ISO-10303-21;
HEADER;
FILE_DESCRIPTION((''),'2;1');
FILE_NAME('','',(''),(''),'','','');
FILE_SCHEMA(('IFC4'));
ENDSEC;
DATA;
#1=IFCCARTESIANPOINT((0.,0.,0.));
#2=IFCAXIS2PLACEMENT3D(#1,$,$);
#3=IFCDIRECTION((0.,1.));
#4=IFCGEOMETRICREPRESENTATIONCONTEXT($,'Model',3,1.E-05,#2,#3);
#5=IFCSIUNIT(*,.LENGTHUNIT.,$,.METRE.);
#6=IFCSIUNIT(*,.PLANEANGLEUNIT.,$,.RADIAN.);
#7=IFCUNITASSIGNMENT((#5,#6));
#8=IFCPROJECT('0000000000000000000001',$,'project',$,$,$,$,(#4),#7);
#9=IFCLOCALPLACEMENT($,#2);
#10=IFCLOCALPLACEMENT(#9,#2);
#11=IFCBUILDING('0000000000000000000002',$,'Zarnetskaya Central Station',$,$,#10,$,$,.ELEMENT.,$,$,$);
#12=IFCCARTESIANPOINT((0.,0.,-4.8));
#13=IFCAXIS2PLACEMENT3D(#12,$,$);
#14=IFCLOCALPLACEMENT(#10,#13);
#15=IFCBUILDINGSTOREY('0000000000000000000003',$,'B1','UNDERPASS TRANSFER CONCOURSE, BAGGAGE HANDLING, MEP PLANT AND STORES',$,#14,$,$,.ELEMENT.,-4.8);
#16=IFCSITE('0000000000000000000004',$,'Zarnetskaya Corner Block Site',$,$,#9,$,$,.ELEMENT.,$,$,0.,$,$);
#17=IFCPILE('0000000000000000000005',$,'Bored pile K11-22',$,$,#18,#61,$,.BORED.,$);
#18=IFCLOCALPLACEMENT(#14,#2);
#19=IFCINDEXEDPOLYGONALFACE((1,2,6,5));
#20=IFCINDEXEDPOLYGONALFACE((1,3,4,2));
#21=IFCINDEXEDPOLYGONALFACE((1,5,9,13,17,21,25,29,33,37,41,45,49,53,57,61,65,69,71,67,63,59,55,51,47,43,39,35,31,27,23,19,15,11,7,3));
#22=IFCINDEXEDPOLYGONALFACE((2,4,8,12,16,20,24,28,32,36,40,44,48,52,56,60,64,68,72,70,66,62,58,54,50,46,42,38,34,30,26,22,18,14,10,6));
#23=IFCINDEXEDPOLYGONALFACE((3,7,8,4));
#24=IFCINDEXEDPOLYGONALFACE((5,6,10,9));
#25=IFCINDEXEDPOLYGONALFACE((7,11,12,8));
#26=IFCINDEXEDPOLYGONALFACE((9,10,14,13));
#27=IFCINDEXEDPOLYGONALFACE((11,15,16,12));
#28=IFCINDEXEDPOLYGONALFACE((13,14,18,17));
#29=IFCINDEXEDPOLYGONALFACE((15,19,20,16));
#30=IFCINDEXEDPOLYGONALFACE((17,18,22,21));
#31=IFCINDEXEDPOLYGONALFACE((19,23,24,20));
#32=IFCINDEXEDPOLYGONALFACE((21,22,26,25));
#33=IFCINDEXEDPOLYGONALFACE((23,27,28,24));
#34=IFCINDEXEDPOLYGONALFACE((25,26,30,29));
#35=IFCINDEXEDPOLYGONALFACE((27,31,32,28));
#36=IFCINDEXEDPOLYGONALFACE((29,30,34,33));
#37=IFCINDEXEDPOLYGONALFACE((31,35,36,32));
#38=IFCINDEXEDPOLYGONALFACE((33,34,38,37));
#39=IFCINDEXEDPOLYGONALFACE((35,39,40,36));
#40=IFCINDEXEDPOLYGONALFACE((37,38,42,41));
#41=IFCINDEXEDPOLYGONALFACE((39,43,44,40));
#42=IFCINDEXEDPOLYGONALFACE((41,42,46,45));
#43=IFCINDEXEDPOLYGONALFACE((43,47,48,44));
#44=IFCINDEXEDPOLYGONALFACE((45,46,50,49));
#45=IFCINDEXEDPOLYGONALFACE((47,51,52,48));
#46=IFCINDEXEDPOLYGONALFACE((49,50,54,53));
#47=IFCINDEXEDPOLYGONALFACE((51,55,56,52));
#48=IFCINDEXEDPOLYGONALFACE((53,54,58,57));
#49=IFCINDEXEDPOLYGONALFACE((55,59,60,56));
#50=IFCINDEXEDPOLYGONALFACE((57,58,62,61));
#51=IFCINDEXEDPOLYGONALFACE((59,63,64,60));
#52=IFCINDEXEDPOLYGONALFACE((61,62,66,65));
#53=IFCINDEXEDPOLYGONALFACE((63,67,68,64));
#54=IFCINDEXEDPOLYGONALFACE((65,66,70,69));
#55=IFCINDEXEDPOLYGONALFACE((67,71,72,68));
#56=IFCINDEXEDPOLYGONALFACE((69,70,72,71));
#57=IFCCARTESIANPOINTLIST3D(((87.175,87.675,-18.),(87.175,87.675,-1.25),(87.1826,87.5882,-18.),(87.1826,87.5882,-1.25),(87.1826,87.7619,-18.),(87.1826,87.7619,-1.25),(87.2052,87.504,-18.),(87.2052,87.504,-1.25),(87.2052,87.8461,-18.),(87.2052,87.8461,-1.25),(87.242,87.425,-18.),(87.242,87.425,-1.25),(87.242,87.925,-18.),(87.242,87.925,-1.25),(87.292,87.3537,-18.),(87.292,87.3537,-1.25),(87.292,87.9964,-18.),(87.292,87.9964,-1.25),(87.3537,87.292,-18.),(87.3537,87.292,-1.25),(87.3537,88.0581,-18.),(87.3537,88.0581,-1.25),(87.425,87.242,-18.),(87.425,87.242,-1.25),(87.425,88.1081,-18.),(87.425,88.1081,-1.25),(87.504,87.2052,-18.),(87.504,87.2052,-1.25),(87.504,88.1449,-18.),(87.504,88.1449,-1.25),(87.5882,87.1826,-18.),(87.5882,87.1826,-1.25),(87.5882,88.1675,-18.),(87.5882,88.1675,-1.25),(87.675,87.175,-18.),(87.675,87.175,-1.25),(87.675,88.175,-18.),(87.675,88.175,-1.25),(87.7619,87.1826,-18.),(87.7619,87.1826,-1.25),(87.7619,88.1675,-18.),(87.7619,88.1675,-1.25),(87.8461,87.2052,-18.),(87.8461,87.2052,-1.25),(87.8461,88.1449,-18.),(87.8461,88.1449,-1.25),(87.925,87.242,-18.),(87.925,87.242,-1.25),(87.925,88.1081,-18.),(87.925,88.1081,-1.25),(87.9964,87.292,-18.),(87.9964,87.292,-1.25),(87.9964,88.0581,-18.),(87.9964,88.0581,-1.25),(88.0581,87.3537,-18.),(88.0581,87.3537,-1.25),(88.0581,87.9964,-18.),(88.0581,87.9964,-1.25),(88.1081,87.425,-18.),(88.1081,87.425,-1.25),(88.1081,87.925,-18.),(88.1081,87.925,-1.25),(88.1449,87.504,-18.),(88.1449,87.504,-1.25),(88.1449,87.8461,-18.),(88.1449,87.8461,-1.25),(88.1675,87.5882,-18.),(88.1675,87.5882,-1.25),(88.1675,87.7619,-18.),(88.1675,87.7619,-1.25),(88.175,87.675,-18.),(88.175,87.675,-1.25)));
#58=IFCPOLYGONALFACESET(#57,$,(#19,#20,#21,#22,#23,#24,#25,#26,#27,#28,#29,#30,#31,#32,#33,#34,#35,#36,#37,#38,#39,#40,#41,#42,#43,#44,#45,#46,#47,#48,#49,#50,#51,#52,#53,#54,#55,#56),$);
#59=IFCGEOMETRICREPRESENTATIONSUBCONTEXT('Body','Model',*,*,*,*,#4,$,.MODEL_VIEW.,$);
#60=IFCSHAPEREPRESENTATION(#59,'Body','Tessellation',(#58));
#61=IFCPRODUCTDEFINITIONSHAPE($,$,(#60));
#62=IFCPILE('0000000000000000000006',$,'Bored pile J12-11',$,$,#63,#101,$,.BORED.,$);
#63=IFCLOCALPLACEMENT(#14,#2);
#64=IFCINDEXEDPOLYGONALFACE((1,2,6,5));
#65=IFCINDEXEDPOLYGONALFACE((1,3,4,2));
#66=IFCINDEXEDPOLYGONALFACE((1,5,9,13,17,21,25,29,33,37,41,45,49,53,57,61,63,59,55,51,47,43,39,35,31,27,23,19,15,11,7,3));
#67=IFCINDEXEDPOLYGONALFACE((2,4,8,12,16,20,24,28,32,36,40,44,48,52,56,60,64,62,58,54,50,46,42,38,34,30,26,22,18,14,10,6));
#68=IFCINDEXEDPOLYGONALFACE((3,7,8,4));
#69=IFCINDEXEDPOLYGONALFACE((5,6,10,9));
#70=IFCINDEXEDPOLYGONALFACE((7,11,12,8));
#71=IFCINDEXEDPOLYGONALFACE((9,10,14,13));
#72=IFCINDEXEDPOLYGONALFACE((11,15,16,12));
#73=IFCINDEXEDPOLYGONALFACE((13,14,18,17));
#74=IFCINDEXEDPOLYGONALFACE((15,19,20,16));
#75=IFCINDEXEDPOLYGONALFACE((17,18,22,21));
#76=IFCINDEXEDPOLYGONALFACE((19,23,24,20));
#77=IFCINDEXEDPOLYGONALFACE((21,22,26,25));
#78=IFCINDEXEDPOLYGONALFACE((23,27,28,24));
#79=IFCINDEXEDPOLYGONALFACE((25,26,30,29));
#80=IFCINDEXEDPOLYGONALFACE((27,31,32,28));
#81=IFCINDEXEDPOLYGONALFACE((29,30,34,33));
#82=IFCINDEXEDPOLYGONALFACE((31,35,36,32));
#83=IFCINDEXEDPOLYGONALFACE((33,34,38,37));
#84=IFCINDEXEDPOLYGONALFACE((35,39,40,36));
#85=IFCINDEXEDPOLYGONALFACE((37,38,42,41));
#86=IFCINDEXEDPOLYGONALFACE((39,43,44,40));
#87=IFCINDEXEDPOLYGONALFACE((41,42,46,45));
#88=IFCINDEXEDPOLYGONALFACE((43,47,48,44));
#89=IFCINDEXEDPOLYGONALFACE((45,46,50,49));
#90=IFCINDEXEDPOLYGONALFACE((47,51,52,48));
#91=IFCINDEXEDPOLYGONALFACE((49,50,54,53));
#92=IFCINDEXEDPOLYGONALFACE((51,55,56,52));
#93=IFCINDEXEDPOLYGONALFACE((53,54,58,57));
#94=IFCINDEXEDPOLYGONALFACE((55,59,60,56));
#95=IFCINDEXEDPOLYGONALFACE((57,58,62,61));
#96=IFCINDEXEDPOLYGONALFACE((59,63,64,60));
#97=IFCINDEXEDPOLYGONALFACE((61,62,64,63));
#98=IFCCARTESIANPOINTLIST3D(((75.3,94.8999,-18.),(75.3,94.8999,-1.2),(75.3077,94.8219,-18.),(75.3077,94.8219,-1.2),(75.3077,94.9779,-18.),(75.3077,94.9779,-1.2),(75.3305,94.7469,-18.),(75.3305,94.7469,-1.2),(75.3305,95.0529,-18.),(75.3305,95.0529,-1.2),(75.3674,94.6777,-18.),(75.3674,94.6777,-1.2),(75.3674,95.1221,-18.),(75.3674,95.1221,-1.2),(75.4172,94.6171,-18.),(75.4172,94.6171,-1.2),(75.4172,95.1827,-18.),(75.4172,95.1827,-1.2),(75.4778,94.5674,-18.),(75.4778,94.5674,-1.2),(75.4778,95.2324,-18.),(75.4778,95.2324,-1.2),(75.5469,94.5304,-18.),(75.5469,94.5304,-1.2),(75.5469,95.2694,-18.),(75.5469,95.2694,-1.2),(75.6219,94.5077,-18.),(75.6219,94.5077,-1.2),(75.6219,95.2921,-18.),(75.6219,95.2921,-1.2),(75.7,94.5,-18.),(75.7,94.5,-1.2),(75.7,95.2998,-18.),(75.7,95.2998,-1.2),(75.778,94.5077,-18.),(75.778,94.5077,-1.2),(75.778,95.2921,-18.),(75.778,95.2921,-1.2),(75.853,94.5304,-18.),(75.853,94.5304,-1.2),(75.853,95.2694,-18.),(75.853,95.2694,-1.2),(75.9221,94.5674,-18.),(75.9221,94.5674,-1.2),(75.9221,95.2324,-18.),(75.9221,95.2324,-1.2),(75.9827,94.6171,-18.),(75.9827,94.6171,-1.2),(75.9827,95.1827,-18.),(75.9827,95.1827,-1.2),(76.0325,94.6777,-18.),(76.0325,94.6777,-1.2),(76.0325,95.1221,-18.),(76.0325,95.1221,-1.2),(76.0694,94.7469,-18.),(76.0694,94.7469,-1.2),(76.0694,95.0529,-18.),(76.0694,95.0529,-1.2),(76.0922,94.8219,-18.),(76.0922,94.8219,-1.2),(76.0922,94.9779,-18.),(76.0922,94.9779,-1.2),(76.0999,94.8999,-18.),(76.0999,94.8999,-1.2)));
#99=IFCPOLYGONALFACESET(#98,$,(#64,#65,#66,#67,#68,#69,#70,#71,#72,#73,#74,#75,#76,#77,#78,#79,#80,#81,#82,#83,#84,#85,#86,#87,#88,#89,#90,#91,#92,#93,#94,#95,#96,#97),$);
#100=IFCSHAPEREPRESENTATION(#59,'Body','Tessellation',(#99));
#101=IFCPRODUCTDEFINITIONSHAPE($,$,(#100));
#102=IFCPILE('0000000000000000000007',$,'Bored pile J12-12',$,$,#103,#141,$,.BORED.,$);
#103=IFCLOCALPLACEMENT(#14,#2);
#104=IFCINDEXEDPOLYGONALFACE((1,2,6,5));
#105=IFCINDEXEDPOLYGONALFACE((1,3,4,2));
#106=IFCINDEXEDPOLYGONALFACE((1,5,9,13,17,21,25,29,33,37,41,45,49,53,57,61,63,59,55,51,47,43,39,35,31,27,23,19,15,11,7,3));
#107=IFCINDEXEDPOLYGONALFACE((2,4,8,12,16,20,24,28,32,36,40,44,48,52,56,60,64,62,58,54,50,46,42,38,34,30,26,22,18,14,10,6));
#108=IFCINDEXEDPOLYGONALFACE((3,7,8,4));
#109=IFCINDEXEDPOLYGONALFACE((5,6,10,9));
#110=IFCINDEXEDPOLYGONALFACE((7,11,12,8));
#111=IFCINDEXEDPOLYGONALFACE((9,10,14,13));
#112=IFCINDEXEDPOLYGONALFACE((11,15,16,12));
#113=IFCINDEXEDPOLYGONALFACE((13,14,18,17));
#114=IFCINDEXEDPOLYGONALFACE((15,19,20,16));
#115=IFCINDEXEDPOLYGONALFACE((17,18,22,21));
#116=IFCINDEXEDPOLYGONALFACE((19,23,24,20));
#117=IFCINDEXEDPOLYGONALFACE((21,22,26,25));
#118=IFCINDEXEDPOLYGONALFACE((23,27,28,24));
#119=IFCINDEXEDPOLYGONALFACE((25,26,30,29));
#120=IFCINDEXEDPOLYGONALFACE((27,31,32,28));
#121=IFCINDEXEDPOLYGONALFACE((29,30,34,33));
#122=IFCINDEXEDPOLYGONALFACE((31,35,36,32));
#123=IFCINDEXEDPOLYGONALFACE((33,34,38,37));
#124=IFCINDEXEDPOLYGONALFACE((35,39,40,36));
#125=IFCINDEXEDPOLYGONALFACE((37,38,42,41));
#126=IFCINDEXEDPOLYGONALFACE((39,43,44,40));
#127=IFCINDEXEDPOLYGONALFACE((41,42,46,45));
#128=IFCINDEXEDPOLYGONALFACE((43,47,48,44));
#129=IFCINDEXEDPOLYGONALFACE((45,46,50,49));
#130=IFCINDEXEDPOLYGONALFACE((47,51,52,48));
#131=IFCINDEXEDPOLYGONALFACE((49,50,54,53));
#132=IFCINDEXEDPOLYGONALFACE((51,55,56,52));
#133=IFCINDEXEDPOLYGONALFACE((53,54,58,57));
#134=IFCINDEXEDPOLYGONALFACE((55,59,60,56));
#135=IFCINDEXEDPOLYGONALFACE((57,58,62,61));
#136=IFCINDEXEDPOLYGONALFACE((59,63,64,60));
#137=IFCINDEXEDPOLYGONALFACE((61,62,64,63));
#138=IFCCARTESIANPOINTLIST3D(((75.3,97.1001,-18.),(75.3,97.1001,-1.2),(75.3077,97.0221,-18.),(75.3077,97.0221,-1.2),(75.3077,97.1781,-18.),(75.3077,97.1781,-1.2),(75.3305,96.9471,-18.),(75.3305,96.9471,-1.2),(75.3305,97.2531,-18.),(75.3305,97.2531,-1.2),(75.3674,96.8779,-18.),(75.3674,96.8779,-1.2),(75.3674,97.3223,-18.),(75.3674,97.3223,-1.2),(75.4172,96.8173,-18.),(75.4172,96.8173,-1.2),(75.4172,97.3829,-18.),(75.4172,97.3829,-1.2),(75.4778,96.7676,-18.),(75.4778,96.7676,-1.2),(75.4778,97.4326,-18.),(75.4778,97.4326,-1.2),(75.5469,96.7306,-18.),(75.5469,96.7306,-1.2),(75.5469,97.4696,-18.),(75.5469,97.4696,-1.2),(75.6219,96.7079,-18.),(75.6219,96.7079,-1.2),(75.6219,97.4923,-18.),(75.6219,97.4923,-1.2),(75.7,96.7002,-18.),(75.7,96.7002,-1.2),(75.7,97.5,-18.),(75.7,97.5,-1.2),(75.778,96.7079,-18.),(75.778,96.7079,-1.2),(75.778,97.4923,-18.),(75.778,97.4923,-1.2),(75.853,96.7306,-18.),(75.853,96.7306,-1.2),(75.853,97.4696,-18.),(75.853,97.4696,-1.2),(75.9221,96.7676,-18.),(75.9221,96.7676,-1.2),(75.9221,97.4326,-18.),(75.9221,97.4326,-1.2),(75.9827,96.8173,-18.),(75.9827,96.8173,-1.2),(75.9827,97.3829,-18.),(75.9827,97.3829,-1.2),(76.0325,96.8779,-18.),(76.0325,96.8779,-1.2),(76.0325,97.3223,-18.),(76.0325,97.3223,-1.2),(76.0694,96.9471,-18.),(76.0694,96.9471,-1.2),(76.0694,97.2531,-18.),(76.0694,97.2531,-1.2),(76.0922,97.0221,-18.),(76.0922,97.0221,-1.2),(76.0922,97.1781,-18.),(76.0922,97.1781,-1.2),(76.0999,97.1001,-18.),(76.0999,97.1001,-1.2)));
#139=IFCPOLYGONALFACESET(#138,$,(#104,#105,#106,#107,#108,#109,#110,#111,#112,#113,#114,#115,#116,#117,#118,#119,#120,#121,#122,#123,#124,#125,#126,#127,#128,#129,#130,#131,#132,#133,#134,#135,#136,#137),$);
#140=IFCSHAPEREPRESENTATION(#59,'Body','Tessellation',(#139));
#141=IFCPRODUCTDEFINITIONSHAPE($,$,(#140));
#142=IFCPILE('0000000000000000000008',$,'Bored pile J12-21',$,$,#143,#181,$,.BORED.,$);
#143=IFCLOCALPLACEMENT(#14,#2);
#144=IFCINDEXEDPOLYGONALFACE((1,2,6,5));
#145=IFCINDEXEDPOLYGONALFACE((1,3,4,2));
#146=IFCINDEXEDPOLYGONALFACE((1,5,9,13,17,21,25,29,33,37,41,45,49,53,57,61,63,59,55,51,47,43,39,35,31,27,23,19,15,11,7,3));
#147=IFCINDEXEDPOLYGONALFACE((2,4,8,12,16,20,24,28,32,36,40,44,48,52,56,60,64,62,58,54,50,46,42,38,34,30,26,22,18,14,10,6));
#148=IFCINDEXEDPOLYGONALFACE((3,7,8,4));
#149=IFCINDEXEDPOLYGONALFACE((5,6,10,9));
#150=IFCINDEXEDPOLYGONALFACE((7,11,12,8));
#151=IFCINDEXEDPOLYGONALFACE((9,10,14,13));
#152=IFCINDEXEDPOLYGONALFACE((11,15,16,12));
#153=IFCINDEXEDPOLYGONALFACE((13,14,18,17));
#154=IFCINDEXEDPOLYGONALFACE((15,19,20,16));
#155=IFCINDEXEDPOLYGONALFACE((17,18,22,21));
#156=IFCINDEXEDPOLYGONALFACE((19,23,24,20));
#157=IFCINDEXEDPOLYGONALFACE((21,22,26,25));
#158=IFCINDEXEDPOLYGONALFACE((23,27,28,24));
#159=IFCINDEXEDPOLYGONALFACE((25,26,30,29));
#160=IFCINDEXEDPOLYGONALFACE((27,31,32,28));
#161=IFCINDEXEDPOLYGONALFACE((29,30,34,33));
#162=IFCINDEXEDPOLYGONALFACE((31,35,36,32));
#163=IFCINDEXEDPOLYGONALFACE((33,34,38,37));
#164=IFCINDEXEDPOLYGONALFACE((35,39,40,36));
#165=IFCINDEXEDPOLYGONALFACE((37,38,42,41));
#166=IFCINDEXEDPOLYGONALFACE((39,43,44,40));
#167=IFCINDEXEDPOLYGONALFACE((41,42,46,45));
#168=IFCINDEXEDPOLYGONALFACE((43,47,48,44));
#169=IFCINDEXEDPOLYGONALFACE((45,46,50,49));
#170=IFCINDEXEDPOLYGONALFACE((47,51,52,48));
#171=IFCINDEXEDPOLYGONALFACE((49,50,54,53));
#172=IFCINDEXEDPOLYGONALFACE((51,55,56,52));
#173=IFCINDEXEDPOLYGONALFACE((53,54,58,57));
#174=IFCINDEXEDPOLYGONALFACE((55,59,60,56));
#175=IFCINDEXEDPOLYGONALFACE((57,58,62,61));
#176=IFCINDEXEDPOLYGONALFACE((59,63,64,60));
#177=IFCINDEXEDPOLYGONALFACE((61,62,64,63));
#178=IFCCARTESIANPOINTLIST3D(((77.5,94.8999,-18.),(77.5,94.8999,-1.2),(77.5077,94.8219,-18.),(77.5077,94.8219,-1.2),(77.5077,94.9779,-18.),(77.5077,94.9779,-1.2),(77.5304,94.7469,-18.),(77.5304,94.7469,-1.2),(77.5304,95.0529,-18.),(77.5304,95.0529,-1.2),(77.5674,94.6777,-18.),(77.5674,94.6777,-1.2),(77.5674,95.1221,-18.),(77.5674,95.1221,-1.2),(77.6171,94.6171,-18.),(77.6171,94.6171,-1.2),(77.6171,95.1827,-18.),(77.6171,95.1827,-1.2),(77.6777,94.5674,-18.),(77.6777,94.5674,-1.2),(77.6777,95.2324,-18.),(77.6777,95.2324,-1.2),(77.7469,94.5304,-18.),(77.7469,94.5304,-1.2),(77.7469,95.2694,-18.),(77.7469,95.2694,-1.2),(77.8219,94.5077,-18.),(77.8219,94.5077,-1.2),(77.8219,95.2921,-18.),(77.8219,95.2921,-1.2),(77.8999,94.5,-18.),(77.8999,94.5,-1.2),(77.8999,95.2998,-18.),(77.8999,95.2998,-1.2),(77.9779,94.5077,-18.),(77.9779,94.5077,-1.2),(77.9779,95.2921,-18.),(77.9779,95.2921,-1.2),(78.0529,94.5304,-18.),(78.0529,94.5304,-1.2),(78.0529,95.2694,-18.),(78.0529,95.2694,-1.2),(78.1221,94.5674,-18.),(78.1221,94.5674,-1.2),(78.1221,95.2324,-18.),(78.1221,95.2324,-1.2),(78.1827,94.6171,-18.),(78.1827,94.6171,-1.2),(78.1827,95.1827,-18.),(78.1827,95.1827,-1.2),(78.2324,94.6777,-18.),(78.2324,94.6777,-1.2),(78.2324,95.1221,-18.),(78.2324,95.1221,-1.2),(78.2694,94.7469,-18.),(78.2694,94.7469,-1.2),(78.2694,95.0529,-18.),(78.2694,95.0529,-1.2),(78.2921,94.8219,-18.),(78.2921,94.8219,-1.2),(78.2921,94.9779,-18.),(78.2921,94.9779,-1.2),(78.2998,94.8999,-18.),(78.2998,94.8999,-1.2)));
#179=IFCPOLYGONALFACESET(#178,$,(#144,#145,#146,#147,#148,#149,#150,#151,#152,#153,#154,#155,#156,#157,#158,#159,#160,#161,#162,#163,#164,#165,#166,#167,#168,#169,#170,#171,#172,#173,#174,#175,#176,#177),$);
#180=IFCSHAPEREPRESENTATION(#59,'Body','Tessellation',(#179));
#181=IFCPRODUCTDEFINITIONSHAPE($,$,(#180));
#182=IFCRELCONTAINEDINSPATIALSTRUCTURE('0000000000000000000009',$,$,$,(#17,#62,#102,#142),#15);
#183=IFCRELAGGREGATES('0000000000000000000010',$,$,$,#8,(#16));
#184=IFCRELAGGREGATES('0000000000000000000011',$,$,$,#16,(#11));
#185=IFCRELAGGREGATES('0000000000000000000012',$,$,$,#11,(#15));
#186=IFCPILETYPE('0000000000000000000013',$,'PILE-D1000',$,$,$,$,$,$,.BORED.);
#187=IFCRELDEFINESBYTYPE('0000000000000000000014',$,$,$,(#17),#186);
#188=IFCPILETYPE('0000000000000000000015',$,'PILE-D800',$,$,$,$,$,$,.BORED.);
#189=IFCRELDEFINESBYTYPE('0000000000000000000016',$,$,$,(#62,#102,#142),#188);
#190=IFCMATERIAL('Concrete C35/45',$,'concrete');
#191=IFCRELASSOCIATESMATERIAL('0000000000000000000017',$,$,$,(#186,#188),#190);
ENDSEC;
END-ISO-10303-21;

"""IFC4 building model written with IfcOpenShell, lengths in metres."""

from ifc_helpers import new_model, si_unit, direction, frame, origin, origin_2d, place, context, subcontext, project, spatial, circle, extrude, material, material_profile, profile_set, type_object, element, save


model = new_model("IFC4")

# Units and contexts
model_context = context("Model", 3, precision=1e-05, world=origin(), true_north=direction((0.0, 1.0)))
body_context = subcontext(model_context, "Body", "Model", "MODEL_VIEW")
ifc_project = project(units=[si_unit("LENGTHUNIT", "METRE"), si_unit("PLANEANGLEUNIT", "RADIAN")], contexts=[model_context])

# Site, building, storey
site_placement = place(None, origin())
site = spatial("IfcSite", under=ifc_project, at=site_placement, Name="Zarnetskaya Corner Block Site", CompositionType="ELEMENT", RefElevation=0.0)
building_placement = place(site_placement, origin())
building = spatial("IfcBuilding", under=site, at=building_placement, Name="Zarnetskaya Central Station", CompositionType="ELEMENT")
storey_placement = place(building_placement, frame((0.0, 0.0, -4.8)))
storey = spatial("IfcBuildingStorey", under=building, at=storey_placement, Name="B1", Description="UNDERPASS TRANSFER CONCOURSE, BAGGAGE HANDLING, MEP PLANT AND STORES", CompositionType="ELEMENT", Elevation=-4.8)

# Shared definitions
ifc_material = material(Name="Concrete C35/45", Category="concrete")

# Piles
ifc_material_profile_1 = material_profile(ifc_material, circle(Radius=0.5, at=origin_2d()), Name="BORED PILE D1000")
ifc_profile_set_1 = profile_set([ifc_material_profile_1], Name="Concrete C35/45")
pile_type_1 = type_object("IfcPileType", Name="PILE-D1000", PredefinedType="BORED", material=ifc_profile_set_1)
for number, where, z_axis, x_axis, name in (
    (1, (87.675, 87.675, -1.25), (0.0, 0.0, -1.0), (1.0, 0.0, 0.0), "Bored pile K11-22"),
):
    element("IfcPile", number, at=place(storey_placement, frame(where, z_axis=z_axis, x_axis=x_axis)), inside=storey, type_object=pile_type_1, Name=name, PredefinedType="BORED", context=body_context, shape_type="SweptSolid", body=[
        extrude(circle(Radius=0.5, at=origin_2d()), origin(), (0.0, 0.0, 1.0), 16.75),
    ])
ifc_material_profile_2 = material_profile(ifc_material, circle(Radius=0.3999, at=origin_2d()), Name="BORED PILE D800")
ifc_profile_set_2 = profile_set([ifc_material_profile_2], Name="Concrete C35/45")
pile_type_2 = type_object("IfcPileType", Name="PILE-D800", PredefinedType="BORED", material=ifc_profile_set_2)
for number, where, z_axis, x_axis, name in (
    (2, (75.7, 94.8999, -1.2), (0.0, 0.0, -1.0), (1.0, 0.0, 0.0), "Bored pile J12-11"),
    (3, (75.7, 97.1001, -1.2), (0.0, 0.0, -1.0), (1.0, 0.0, 0.0), "Bored pile J12-12"),
    (4, (77.8999, 94.8999, -1.2), (0.0, 0.0, -1.0), (1.0, 0.0, 0.0), "Bored pile J12-21"),
):
    element("IfcPile", number, at=place(storey_placement, frame(where, z_axis=z_axis, x_axis=x_axis)), inside=storey, type_object=pile_type_2, Name=name, PredefinedType="BORED", context=body_context, shape_type="SweptSolid", body=[
        extrude(circle(Radius=0.3999, at=origin_2d()), origin(), (0.0, 0.0, 1.0), 16.8),
    ])

save(model, "model.ifc")
